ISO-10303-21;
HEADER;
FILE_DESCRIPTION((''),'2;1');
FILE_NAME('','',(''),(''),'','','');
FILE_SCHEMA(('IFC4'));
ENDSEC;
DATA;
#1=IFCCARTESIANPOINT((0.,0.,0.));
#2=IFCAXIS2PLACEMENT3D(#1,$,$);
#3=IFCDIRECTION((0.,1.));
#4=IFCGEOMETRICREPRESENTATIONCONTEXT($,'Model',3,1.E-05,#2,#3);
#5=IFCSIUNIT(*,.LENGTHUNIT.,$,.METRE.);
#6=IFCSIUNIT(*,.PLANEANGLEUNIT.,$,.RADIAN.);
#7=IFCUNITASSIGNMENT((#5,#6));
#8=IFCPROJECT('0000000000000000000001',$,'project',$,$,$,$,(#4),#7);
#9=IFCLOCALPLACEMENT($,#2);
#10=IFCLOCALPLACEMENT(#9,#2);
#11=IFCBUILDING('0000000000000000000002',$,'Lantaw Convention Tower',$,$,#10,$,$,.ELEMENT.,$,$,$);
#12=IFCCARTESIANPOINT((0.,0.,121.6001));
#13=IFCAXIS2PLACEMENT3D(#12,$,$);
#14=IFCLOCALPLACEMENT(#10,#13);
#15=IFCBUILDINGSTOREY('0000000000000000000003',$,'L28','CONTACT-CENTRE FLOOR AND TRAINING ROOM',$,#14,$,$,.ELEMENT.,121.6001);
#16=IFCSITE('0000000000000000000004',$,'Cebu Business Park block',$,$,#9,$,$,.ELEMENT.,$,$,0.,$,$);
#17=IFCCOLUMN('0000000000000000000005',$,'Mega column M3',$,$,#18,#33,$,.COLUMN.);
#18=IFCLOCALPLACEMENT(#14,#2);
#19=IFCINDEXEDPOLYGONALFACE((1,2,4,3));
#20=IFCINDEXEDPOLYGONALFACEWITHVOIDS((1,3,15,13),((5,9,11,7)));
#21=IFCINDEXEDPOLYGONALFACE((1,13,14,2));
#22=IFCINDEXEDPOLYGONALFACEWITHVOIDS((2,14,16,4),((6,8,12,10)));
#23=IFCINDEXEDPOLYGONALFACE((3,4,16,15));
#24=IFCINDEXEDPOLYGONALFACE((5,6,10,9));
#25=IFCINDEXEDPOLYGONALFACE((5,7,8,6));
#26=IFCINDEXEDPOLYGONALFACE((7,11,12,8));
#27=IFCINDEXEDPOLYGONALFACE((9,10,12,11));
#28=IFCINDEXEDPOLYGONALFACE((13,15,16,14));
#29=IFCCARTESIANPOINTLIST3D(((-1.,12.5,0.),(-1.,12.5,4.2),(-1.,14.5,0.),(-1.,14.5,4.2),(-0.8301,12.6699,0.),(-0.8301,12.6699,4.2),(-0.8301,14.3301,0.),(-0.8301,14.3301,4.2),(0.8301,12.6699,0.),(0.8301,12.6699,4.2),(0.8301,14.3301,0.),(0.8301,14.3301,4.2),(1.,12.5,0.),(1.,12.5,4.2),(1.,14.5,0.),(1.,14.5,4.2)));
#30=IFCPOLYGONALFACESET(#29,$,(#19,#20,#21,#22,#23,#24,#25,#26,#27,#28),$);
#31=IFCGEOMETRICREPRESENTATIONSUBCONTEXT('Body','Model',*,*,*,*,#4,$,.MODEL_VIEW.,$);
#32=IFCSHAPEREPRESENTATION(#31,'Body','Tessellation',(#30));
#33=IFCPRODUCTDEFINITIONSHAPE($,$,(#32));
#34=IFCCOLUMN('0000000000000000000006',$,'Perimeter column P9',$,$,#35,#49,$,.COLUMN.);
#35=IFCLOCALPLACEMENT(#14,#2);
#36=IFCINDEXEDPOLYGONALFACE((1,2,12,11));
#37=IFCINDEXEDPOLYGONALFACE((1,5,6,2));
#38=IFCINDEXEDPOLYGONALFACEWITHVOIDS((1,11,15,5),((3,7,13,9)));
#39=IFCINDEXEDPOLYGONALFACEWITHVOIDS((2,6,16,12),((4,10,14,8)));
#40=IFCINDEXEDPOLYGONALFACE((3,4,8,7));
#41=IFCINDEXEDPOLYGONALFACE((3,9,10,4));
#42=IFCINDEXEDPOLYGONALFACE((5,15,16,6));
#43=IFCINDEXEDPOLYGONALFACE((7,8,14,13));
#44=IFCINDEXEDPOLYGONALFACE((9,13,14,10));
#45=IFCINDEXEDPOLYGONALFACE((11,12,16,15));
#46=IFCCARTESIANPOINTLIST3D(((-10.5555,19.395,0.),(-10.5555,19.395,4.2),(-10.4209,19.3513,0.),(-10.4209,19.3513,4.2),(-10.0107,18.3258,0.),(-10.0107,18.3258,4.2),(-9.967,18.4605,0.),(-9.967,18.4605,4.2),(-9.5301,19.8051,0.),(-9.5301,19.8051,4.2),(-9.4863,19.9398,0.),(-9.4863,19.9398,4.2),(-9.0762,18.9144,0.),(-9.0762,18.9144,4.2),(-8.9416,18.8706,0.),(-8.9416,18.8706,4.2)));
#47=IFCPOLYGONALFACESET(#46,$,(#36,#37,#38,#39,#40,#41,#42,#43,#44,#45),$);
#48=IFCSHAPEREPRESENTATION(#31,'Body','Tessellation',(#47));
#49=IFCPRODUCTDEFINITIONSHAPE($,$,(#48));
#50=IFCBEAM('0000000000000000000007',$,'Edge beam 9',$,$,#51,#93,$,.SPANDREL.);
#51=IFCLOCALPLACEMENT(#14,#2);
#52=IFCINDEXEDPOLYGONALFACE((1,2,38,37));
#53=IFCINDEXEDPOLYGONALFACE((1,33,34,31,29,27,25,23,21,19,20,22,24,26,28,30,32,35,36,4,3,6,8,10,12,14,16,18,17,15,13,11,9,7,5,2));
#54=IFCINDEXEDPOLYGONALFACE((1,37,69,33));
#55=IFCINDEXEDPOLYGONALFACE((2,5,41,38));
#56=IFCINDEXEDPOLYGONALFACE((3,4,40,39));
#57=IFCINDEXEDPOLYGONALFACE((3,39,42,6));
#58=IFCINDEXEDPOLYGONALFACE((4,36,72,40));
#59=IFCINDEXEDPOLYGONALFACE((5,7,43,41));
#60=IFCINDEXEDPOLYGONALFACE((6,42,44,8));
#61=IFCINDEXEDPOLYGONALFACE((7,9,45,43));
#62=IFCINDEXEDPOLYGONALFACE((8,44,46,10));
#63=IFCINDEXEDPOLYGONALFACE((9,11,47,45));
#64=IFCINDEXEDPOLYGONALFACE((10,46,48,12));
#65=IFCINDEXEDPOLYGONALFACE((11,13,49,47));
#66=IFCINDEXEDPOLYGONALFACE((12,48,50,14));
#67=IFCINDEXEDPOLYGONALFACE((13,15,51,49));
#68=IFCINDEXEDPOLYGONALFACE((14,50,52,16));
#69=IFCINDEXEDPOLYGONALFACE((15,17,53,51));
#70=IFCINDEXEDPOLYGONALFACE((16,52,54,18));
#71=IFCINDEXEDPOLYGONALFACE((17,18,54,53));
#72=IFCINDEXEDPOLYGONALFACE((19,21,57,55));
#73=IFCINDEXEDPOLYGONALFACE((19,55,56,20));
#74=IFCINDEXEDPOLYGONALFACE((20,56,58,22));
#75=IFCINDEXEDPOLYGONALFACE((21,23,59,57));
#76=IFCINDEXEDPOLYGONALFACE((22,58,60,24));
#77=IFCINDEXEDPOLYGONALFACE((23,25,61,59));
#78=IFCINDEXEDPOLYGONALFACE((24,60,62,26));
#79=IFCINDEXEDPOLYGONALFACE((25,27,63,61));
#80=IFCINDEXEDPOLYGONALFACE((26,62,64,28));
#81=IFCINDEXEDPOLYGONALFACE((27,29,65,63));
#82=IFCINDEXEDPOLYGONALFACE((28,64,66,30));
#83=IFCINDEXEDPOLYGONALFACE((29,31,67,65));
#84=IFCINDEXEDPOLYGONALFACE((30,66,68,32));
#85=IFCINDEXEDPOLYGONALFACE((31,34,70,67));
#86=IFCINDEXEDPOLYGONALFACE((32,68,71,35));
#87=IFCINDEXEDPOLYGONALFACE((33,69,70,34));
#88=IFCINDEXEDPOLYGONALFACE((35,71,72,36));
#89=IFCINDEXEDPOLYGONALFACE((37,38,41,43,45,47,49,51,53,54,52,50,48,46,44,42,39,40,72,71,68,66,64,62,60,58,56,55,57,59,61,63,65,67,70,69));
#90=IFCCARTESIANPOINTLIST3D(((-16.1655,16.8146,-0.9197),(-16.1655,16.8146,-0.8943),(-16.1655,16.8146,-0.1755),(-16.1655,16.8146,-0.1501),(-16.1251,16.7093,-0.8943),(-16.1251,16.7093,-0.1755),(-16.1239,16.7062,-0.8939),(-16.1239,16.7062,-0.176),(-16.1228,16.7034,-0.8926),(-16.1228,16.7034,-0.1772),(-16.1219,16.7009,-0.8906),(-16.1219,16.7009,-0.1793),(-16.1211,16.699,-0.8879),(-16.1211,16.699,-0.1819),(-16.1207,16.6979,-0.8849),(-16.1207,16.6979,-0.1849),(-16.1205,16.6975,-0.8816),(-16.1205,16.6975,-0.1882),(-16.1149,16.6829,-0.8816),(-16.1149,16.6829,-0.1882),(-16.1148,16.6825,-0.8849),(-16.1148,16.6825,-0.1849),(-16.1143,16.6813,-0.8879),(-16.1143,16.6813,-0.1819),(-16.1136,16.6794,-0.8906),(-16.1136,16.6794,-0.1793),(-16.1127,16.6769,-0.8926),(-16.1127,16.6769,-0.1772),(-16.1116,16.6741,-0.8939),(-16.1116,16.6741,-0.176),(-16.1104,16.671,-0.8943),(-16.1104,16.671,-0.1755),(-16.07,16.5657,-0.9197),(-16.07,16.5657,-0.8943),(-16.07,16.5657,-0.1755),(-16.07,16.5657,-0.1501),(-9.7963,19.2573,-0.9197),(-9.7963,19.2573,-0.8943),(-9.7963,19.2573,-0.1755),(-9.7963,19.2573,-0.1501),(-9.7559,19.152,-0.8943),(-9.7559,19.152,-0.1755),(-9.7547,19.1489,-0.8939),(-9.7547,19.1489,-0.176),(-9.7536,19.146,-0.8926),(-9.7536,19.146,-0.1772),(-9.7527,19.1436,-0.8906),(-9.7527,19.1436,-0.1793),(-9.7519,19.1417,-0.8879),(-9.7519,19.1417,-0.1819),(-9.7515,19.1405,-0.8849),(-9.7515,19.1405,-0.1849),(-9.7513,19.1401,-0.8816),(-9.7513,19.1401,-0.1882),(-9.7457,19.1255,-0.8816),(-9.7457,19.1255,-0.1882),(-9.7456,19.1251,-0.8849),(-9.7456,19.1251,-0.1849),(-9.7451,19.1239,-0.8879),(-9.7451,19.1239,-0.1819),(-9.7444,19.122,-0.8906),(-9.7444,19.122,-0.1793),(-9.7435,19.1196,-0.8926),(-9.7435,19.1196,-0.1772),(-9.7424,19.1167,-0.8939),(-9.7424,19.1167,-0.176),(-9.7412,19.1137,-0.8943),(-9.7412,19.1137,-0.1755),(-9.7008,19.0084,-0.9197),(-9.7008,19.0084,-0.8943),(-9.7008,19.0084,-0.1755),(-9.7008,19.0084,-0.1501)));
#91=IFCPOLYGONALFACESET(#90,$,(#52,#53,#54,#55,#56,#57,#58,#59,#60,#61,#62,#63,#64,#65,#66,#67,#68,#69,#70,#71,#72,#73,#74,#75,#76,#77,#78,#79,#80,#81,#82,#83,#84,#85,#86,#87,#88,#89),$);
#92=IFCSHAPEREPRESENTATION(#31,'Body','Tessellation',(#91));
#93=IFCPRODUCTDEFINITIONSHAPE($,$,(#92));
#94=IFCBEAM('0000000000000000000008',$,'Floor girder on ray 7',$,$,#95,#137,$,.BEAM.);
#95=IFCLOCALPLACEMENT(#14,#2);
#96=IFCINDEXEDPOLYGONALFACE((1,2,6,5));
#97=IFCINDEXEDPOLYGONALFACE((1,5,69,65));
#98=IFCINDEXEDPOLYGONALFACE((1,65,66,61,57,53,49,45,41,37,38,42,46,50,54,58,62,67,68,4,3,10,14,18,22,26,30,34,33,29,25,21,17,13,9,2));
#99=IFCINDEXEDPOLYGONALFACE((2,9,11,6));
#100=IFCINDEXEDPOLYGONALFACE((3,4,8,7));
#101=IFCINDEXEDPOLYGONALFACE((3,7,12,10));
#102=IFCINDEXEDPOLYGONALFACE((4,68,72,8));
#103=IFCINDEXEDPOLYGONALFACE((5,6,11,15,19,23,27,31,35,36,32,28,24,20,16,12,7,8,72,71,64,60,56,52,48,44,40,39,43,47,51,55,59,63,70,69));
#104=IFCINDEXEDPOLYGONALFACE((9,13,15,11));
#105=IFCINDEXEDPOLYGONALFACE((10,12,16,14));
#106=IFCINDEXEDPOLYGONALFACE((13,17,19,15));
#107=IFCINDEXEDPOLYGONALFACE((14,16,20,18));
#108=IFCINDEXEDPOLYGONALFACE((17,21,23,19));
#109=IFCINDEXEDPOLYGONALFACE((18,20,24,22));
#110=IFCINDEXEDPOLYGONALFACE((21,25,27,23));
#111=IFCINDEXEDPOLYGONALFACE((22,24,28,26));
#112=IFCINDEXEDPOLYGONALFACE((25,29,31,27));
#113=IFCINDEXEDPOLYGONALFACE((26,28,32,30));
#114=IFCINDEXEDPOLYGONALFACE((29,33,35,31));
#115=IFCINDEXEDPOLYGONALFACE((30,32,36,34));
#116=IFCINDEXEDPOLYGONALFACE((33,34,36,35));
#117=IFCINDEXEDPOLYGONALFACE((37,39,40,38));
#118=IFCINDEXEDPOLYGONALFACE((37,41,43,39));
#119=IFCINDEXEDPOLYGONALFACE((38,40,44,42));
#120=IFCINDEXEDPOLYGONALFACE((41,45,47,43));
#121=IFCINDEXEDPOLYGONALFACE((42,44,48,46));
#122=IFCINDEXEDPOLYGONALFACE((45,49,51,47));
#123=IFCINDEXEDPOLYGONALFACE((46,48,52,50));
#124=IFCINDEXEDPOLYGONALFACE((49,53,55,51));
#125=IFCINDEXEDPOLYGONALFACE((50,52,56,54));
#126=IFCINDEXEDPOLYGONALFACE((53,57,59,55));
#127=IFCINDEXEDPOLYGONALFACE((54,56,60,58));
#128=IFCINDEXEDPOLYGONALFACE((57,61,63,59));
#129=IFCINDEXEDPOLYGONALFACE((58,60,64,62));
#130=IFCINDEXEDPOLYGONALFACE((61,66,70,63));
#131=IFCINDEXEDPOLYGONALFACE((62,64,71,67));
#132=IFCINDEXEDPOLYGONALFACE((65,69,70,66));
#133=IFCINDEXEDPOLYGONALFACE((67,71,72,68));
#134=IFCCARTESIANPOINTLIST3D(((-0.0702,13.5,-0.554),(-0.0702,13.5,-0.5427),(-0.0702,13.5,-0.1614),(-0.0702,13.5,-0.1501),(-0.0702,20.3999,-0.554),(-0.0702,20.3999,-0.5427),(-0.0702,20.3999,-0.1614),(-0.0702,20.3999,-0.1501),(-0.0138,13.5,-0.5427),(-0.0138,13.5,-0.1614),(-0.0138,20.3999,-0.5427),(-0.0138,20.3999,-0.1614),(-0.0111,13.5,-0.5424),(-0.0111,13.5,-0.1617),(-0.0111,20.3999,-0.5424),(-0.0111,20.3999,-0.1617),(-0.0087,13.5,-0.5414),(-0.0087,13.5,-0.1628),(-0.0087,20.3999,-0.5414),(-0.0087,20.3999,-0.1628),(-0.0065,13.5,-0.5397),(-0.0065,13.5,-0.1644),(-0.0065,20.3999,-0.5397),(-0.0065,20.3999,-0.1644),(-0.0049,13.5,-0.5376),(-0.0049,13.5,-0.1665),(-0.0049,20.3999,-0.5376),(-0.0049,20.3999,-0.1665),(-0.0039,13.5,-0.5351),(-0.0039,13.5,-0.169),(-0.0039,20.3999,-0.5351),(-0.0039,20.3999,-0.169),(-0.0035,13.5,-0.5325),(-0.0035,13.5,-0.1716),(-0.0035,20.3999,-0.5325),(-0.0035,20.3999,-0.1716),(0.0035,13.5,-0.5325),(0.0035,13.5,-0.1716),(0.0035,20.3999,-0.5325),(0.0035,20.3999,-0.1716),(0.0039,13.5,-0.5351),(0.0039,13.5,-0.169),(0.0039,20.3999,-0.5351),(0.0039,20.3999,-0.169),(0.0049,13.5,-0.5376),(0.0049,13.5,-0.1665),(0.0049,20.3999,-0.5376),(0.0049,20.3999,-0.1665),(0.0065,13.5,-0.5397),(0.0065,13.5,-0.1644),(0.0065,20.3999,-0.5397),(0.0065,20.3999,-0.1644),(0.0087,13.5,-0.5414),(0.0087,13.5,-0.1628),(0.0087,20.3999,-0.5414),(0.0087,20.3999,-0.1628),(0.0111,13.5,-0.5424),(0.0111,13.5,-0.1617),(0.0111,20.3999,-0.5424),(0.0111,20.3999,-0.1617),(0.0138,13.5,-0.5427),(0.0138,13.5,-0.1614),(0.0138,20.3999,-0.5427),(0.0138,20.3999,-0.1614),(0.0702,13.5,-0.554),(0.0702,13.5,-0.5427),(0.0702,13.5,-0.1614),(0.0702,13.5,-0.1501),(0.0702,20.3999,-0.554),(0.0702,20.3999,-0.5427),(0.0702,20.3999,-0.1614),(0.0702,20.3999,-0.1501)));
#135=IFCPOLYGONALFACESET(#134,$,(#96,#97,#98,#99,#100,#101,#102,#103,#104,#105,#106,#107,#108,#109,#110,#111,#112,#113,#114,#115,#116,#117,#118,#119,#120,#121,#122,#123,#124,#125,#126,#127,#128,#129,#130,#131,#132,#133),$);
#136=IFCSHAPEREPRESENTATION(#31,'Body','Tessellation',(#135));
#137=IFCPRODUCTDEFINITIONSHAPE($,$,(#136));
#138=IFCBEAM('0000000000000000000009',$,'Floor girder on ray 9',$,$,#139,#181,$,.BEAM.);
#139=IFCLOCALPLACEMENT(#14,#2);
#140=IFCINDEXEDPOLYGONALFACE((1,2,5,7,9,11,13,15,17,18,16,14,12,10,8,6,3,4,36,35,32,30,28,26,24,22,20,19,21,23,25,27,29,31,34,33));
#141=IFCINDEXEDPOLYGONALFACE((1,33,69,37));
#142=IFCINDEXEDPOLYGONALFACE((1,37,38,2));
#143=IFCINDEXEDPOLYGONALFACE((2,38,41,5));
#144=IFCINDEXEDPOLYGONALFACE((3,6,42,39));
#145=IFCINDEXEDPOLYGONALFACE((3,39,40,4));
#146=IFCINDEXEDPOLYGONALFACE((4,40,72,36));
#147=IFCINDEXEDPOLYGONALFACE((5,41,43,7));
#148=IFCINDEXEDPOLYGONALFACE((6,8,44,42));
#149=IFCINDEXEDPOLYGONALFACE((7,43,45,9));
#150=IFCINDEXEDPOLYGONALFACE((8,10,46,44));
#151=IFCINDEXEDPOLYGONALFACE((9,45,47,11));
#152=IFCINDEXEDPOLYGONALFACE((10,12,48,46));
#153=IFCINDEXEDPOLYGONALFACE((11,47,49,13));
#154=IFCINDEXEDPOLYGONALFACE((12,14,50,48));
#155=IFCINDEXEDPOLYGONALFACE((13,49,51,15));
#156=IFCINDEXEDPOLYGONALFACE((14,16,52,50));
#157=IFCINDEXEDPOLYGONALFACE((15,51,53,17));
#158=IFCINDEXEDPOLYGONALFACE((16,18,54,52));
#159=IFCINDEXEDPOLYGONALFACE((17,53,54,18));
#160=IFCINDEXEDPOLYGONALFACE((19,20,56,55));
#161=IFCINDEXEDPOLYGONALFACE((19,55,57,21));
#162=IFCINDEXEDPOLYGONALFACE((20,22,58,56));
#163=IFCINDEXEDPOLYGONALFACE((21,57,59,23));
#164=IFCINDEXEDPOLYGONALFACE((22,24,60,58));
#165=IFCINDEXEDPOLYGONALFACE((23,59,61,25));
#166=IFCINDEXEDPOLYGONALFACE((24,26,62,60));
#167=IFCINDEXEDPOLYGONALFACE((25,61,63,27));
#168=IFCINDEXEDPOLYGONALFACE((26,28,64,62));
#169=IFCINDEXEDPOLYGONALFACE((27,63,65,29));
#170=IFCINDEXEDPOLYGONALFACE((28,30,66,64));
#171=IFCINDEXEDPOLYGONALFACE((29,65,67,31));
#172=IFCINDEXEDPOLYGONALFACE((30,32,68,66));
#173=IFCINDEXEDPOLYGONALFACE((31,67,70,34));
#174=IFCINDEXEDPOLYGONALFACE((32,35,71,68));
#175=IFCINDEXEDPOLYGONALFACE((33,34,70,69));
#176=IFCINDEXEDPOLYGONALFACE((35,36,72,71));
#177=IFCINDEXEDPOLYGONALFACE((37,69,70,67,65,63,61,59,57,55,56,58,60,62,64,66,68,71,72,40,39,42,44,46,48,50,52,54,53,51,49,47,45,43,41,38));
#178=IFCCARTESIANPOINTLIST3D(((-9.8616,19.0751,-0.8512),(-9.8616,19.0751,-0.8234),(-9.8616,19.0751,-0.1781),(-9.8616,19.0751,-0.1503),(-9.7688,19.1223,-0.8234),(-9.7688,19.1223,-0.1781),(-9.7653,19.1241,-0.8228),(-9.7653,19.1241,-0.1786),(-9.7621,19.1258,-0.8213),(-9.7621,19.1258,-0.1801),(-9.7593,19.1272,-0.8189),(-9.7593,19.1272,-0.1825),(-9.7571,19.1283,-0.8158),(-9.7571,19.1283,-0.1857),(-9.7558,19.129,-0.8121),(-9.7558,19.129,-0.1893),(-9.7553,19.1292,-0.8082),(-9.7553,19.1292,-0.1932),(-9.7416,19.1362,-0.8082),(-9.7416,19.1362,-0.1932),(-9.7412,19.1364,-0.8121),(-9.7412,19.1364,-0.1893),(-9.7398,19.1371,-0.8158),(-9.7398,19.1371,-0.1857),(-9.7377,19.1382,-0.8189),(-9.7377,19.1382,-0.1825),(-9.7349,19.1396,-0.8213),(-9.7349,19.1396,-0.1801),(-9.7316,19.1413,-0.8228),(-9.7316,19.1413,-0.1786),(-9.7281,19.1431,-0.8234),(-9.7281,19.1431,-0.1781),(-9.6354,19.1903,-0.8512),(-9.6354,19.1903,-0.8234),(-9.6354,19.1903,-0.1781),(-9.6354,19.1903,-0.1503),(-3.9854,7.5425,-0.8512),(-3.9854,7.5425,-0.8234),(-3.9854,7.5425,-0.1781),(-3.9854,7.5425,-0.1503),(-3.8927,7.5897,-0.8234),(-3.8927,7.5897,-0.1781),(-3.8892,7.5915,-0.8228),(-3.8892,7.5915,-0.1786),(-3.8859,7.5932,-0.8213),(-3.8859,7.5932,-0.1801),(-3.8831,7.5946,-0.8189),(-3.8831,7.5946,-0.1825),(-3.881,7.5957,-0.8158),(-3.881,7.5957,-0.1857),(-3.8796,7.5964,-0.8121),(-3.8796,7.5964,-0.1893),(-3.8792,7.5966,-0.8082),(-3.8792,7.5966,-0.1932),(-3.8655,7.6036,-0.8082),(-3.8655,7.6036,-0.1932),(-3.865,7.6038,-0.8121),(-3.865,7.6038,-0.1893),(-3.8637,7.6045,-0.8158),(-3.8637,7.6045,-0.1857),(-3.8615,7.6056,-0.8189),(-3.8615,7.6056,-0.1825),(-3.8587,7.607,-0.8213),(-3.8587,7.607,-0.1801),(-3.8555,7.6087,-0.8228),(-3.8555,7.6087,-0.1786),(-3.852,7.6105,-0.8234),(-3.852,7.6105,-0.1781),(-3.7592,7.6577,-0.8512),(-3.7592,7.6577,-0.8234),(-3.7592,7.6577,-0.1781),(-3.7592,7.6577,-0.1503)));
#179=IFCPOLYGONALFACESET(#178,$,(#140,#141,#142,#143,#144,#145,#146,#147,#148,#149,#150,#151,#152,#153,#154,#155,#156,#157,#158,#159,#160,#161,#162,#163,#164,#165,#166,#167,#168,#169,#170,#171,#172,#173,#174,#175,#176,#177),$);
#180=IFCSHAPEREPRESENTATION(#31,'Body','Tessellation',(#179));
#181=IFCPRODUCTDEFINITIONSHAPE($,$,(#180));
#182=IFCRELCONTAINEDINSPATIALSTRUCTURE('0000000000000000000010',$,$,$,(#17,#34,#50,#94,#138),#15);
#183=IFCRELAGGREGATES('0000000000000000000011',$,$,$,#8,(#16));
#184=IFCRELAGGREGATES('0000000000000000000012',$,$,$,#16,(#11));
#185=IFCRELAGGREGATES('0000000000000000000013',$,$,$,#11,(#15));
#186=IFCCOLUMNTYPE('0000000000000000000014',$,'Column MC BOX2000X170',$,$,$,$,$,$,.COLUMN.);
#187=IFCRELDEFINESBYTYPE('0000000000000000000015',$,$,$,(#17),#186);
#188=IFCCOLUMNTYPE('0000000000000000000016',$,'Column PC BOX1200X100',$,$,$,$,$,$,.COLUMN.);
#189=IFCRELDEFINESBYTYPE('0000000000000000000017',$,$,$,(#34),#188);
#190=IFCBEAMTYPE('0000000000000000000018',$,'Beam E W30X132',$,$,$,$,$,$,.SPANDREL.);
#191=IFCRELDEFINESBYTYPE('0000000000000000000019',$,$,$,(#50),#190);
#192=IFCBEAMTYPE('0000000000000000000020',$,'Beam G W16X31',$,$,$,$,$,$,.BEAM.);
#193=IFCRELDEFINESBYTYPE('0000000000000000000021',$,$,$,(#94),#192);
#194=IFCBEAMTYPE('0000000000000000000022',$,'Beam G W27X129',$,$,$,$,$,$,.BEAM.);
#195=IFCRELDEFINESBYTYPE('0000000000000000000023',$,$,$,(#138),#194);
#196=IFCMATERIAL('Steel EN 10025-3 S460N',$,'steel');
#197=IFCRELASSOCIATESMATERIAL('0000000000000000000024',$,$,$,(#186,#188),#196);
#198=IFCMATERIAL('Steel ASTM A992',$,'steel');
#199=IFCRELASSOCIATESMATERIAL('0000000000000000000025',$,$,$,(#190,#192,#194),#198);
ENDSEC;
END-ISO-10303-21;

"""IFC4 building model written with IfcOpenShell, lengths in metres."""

from ifc_helpers import new_model, si_unit, direction, frame, origin, origin_2d, place, context, subcontext, project, spatial, rectangle, hollow_rectangle, i_section, extrude, material, material_profile, profile_set, type_object, element, save


model = new_model("IFC4")

# Units and contexts
model_context = context("Model", 3, precision=1e-05, world=origin(), true_north=direction((0.0, 1.0)))
body_context = subcontext(model_context, "Body", "Model", "MODEL_VIEW")
ifc_project = project(units=[si_unit("LENGTHUNIT", "METRE"), si_unit("PLANEANGLEUNIT", "RADIAN")], contexts=[model_context])

# Site, building, storey
site_placement = place(None, origin())
site = spatial("IfcSite", under=ifc_project, at=site_placement, Name="Cebu Business Park block", CompositionType="ELEMENT", RefElevation=0.0)
building_placement = place(site_placement, origin())
building = spatial("IfcBuilding", under=site, at=building_placement, Name="Lantaw Convention Tower", CompositionType="ELEMENT")
storey_placement = place(building_placement, frame((0.0, 0.0, 121.6001)))
storey = spatial("IfcBuildingStorey", under=building, at=storey_placement, Name="L28", Description="CONTACT-CENTRE FLOOR AND TRAINING ROOM", CompositionType="ELEMENT", Elevation=121.6001)

# Columns
ifc_material_1 = material(Name="Steel EN 10025-3 S460N", Category="steel")
ifc_material_profile_1 = material_profile(ifc_material_1, hollow_rectangle(XDim=2.0, YDim=2.0, WallThickness=0.1699, at=origin_2d()), Name="BOX2000X170")
ifc_material_2 = material(Name="Concrete C60/75", Category="concrete")
ifc_material_profile_2 = material_profile(ifc_material_2, rectangle(XDim=1.6599, YDim=1.6599, at=origin_2d()), Name="Concrete fill of BOX2000X170")
ifc_profile_set_1 = profile_set([ifc_material_profile_1, ifc_material_profile_2], Name="Steel EN 10025-3 S460N")
column_type_1 = type_object("IfcColumnType", Name="Column MC BOX2000X170", PredefinedType="COLUMN", material=ifc_profile_set_1)
column_1_placement = place(storey_placement, frame((0.0, 13.5, 0.0), z_axis=(0.0, 0.0, 1.0), x_axis=(1.0, 0.0, 0.0)))
element("IfcColumn", 1, at=column_1_placement, inside=storey, type_object=column_type_1, Name="Mega column M3", PredefinedType="COLUMN", context=body_context, shape_type="SweptSolid", body=[
    extrude(hollow_rectangle(XDim=2.0, YDim=2.0, WallThickness=0.1699, at=origin_2d()), origin(), (0.0, 0.0, 1.0), 4.2),
])
ifc_material_profile_3 = material_profile(ifc_material_1, hollow_rectangle(XDim=1.2, YDim=1.2, WallThickness=0.1001, at=origin_2d()), Name="BOX1200X100")
ifc_material_profile_4 = material_profile(ifc_material_2, rectangle(XDim=1.0, YDim=1.0, at=origin_2d()), Name="Concrete fill of BOX1200X100")
ifc_profile_set_2 = profile_set([ifc_material_profile_3, ifc_material_profile_4], Name="Steel EN 10025-3 S460N")
column_type_2 = type_object("IfcColumnType", Name="Column PC BOX1200X100", PredefinedType="COLUMN", material=ifc_profile_set_2)
column_2_placement = place(storey_placement, frame((-9.7485, 19.1328, 0.0), z_axis=(0.0, 0.0, 1.0), x_axis=(0.891007, 0.45399, 0.0)))
element("IfcColumn", 2, at=column_2_placement, inside=storey, type_object=column_type_2, Name="Perimeter column P9", PredefinedType="COLUMN", context=body_context, shape_type="SweptSolid", body=[
    extrude(hollow_rectangle(XDim=1.2, YDim=1.2, WallThickness=0.1001, at=origin_2d()), origin(), (0.0, 0.0, 1.0), 4.2),
])

# Beams
ifc_material_3 = material(Name="Steel ASTM A992", Category="steel")
ifc_material_profile_5 = material_profile(ifc_material_3, i_section(OverallWidth=0.2666, OverallDepth=0.7695, WebThickness=0.0156, FlangeThickness=0.0254, FilletRadius=0.0127, at=origin_2d()), Name="W30X132")
ifc_profile_set_3 = profile_set([ifc_material_profile_5], Name="Steel ASTM A992")
beam_type_1 = type_object("IfcBeamType", Name="Beam E W30X132", PredefinedType="SPANDREL", material=ifc_profile_set_3)
beam_1_placement = place(storey_placement, frame((-9.7485, 19.1328, -0.5349), z_axis=(-0.933691, -0.35808, 0.0), x_axis=(0.35808, -0.933691, 0.0)))
element("IfcBeam", 3, at=beam_1_placement, inside=storey, type_object=beam_type_1, Name="Edge beam 9", PredefinedType="SPANDREL", context=body_context, shape_type="SweptSolid", body=[
    extrude(i_section(OverallWidth=0.2666, OverallDepth=0.7695, WebThickness=0.0156, FlangeThickness=0.0254, FilletRadius=0.0127, at=origin_2d()), origin(), (0.0, 0.0, 1.0), 6.8215),
])
ifc_material_profile_6 = material_profile(ifc_material_3, i_section(OverallWidth=0.1404, OverallDepth=0.4038, WebThickness=0.0071, FlangeThickness=0.0112, FilletRadius=0.0103, at=origin_2d()), Name="W16X31")
ifc_profile_set_4 = profile_set([ifc_material_profile_6], Name="Steel ASTM A992")
beam_type_2 = type_object("IfcBeamType", Name="Beam G W16X31", PredefinedType="BEAM", material=ifc_profile_set_4)
beam_2_placement = place(storey_placement, frame((0.0, 13.5, -0.3521), z_axis=(0.0, 1.0, 0.0), x_axis=(-1.0, 0.0, 0.0)))
element("IfcBeam", 4, at=beam_2_placement, inside=storey, type_object=beam_type_2, Name="Floor girder on ray 7", PredefinedType="BEAM", context=body_context, shape_type="SweptSolid", body=[
    extrude(i_section(OverallWidth=0.1404, OverallDepth=0.4038, WebThickness=0.0071, FlangeThickness=0.0112, FilletRadius=0.0103, at=origin_2d()), origin(), (0.0, 0.0, 1.0), 6.8999),
])
ifc_material_profile_7 = material_profile(ifc_material_3, i_section(OverallWidth=0.2539, OverallDepth=0.7009, WebThickness=0.0154, FlangeThickness=0.0278, FilletRadius=0.0151, at=origin_2d()), Name="W27X129")
ifc_profile_set_5 = profile_set([ifc_material_profile_7], Name="Steel ASTM A992")
beam_type_3 = type_object("IfcBeamType", Name="Beam G W27X129", PredefinedType="BEAM", material=ifc_profile_set_5)
beam_3_placement = place(storey_placement, frame((-3.8723, 7.6001, -0.5007), z_axis=(-0.453991, 0.891006, 0.0), x_axis=(-0.891006, -0.453991, 0.0)))
element("IfcBeam", 5, at=beam_3_placement, inside=storey, type_object=beam_type_3, Name="Floor girder on ray 9", PredefinedType="BEAM", context=body_context, shape_type="SweptSolid", body=[
    extrude(i_section(OverallWidth=0.2539, OverallDepth=0.7009, WebThickness=0.0154, FlangeThickness=0.0278, FilletRadius=0.0151, at=origin_2d()), origin(), (0.0, 0.0, 1.0), 12.9434),
])

save(model, "model.ifc")
